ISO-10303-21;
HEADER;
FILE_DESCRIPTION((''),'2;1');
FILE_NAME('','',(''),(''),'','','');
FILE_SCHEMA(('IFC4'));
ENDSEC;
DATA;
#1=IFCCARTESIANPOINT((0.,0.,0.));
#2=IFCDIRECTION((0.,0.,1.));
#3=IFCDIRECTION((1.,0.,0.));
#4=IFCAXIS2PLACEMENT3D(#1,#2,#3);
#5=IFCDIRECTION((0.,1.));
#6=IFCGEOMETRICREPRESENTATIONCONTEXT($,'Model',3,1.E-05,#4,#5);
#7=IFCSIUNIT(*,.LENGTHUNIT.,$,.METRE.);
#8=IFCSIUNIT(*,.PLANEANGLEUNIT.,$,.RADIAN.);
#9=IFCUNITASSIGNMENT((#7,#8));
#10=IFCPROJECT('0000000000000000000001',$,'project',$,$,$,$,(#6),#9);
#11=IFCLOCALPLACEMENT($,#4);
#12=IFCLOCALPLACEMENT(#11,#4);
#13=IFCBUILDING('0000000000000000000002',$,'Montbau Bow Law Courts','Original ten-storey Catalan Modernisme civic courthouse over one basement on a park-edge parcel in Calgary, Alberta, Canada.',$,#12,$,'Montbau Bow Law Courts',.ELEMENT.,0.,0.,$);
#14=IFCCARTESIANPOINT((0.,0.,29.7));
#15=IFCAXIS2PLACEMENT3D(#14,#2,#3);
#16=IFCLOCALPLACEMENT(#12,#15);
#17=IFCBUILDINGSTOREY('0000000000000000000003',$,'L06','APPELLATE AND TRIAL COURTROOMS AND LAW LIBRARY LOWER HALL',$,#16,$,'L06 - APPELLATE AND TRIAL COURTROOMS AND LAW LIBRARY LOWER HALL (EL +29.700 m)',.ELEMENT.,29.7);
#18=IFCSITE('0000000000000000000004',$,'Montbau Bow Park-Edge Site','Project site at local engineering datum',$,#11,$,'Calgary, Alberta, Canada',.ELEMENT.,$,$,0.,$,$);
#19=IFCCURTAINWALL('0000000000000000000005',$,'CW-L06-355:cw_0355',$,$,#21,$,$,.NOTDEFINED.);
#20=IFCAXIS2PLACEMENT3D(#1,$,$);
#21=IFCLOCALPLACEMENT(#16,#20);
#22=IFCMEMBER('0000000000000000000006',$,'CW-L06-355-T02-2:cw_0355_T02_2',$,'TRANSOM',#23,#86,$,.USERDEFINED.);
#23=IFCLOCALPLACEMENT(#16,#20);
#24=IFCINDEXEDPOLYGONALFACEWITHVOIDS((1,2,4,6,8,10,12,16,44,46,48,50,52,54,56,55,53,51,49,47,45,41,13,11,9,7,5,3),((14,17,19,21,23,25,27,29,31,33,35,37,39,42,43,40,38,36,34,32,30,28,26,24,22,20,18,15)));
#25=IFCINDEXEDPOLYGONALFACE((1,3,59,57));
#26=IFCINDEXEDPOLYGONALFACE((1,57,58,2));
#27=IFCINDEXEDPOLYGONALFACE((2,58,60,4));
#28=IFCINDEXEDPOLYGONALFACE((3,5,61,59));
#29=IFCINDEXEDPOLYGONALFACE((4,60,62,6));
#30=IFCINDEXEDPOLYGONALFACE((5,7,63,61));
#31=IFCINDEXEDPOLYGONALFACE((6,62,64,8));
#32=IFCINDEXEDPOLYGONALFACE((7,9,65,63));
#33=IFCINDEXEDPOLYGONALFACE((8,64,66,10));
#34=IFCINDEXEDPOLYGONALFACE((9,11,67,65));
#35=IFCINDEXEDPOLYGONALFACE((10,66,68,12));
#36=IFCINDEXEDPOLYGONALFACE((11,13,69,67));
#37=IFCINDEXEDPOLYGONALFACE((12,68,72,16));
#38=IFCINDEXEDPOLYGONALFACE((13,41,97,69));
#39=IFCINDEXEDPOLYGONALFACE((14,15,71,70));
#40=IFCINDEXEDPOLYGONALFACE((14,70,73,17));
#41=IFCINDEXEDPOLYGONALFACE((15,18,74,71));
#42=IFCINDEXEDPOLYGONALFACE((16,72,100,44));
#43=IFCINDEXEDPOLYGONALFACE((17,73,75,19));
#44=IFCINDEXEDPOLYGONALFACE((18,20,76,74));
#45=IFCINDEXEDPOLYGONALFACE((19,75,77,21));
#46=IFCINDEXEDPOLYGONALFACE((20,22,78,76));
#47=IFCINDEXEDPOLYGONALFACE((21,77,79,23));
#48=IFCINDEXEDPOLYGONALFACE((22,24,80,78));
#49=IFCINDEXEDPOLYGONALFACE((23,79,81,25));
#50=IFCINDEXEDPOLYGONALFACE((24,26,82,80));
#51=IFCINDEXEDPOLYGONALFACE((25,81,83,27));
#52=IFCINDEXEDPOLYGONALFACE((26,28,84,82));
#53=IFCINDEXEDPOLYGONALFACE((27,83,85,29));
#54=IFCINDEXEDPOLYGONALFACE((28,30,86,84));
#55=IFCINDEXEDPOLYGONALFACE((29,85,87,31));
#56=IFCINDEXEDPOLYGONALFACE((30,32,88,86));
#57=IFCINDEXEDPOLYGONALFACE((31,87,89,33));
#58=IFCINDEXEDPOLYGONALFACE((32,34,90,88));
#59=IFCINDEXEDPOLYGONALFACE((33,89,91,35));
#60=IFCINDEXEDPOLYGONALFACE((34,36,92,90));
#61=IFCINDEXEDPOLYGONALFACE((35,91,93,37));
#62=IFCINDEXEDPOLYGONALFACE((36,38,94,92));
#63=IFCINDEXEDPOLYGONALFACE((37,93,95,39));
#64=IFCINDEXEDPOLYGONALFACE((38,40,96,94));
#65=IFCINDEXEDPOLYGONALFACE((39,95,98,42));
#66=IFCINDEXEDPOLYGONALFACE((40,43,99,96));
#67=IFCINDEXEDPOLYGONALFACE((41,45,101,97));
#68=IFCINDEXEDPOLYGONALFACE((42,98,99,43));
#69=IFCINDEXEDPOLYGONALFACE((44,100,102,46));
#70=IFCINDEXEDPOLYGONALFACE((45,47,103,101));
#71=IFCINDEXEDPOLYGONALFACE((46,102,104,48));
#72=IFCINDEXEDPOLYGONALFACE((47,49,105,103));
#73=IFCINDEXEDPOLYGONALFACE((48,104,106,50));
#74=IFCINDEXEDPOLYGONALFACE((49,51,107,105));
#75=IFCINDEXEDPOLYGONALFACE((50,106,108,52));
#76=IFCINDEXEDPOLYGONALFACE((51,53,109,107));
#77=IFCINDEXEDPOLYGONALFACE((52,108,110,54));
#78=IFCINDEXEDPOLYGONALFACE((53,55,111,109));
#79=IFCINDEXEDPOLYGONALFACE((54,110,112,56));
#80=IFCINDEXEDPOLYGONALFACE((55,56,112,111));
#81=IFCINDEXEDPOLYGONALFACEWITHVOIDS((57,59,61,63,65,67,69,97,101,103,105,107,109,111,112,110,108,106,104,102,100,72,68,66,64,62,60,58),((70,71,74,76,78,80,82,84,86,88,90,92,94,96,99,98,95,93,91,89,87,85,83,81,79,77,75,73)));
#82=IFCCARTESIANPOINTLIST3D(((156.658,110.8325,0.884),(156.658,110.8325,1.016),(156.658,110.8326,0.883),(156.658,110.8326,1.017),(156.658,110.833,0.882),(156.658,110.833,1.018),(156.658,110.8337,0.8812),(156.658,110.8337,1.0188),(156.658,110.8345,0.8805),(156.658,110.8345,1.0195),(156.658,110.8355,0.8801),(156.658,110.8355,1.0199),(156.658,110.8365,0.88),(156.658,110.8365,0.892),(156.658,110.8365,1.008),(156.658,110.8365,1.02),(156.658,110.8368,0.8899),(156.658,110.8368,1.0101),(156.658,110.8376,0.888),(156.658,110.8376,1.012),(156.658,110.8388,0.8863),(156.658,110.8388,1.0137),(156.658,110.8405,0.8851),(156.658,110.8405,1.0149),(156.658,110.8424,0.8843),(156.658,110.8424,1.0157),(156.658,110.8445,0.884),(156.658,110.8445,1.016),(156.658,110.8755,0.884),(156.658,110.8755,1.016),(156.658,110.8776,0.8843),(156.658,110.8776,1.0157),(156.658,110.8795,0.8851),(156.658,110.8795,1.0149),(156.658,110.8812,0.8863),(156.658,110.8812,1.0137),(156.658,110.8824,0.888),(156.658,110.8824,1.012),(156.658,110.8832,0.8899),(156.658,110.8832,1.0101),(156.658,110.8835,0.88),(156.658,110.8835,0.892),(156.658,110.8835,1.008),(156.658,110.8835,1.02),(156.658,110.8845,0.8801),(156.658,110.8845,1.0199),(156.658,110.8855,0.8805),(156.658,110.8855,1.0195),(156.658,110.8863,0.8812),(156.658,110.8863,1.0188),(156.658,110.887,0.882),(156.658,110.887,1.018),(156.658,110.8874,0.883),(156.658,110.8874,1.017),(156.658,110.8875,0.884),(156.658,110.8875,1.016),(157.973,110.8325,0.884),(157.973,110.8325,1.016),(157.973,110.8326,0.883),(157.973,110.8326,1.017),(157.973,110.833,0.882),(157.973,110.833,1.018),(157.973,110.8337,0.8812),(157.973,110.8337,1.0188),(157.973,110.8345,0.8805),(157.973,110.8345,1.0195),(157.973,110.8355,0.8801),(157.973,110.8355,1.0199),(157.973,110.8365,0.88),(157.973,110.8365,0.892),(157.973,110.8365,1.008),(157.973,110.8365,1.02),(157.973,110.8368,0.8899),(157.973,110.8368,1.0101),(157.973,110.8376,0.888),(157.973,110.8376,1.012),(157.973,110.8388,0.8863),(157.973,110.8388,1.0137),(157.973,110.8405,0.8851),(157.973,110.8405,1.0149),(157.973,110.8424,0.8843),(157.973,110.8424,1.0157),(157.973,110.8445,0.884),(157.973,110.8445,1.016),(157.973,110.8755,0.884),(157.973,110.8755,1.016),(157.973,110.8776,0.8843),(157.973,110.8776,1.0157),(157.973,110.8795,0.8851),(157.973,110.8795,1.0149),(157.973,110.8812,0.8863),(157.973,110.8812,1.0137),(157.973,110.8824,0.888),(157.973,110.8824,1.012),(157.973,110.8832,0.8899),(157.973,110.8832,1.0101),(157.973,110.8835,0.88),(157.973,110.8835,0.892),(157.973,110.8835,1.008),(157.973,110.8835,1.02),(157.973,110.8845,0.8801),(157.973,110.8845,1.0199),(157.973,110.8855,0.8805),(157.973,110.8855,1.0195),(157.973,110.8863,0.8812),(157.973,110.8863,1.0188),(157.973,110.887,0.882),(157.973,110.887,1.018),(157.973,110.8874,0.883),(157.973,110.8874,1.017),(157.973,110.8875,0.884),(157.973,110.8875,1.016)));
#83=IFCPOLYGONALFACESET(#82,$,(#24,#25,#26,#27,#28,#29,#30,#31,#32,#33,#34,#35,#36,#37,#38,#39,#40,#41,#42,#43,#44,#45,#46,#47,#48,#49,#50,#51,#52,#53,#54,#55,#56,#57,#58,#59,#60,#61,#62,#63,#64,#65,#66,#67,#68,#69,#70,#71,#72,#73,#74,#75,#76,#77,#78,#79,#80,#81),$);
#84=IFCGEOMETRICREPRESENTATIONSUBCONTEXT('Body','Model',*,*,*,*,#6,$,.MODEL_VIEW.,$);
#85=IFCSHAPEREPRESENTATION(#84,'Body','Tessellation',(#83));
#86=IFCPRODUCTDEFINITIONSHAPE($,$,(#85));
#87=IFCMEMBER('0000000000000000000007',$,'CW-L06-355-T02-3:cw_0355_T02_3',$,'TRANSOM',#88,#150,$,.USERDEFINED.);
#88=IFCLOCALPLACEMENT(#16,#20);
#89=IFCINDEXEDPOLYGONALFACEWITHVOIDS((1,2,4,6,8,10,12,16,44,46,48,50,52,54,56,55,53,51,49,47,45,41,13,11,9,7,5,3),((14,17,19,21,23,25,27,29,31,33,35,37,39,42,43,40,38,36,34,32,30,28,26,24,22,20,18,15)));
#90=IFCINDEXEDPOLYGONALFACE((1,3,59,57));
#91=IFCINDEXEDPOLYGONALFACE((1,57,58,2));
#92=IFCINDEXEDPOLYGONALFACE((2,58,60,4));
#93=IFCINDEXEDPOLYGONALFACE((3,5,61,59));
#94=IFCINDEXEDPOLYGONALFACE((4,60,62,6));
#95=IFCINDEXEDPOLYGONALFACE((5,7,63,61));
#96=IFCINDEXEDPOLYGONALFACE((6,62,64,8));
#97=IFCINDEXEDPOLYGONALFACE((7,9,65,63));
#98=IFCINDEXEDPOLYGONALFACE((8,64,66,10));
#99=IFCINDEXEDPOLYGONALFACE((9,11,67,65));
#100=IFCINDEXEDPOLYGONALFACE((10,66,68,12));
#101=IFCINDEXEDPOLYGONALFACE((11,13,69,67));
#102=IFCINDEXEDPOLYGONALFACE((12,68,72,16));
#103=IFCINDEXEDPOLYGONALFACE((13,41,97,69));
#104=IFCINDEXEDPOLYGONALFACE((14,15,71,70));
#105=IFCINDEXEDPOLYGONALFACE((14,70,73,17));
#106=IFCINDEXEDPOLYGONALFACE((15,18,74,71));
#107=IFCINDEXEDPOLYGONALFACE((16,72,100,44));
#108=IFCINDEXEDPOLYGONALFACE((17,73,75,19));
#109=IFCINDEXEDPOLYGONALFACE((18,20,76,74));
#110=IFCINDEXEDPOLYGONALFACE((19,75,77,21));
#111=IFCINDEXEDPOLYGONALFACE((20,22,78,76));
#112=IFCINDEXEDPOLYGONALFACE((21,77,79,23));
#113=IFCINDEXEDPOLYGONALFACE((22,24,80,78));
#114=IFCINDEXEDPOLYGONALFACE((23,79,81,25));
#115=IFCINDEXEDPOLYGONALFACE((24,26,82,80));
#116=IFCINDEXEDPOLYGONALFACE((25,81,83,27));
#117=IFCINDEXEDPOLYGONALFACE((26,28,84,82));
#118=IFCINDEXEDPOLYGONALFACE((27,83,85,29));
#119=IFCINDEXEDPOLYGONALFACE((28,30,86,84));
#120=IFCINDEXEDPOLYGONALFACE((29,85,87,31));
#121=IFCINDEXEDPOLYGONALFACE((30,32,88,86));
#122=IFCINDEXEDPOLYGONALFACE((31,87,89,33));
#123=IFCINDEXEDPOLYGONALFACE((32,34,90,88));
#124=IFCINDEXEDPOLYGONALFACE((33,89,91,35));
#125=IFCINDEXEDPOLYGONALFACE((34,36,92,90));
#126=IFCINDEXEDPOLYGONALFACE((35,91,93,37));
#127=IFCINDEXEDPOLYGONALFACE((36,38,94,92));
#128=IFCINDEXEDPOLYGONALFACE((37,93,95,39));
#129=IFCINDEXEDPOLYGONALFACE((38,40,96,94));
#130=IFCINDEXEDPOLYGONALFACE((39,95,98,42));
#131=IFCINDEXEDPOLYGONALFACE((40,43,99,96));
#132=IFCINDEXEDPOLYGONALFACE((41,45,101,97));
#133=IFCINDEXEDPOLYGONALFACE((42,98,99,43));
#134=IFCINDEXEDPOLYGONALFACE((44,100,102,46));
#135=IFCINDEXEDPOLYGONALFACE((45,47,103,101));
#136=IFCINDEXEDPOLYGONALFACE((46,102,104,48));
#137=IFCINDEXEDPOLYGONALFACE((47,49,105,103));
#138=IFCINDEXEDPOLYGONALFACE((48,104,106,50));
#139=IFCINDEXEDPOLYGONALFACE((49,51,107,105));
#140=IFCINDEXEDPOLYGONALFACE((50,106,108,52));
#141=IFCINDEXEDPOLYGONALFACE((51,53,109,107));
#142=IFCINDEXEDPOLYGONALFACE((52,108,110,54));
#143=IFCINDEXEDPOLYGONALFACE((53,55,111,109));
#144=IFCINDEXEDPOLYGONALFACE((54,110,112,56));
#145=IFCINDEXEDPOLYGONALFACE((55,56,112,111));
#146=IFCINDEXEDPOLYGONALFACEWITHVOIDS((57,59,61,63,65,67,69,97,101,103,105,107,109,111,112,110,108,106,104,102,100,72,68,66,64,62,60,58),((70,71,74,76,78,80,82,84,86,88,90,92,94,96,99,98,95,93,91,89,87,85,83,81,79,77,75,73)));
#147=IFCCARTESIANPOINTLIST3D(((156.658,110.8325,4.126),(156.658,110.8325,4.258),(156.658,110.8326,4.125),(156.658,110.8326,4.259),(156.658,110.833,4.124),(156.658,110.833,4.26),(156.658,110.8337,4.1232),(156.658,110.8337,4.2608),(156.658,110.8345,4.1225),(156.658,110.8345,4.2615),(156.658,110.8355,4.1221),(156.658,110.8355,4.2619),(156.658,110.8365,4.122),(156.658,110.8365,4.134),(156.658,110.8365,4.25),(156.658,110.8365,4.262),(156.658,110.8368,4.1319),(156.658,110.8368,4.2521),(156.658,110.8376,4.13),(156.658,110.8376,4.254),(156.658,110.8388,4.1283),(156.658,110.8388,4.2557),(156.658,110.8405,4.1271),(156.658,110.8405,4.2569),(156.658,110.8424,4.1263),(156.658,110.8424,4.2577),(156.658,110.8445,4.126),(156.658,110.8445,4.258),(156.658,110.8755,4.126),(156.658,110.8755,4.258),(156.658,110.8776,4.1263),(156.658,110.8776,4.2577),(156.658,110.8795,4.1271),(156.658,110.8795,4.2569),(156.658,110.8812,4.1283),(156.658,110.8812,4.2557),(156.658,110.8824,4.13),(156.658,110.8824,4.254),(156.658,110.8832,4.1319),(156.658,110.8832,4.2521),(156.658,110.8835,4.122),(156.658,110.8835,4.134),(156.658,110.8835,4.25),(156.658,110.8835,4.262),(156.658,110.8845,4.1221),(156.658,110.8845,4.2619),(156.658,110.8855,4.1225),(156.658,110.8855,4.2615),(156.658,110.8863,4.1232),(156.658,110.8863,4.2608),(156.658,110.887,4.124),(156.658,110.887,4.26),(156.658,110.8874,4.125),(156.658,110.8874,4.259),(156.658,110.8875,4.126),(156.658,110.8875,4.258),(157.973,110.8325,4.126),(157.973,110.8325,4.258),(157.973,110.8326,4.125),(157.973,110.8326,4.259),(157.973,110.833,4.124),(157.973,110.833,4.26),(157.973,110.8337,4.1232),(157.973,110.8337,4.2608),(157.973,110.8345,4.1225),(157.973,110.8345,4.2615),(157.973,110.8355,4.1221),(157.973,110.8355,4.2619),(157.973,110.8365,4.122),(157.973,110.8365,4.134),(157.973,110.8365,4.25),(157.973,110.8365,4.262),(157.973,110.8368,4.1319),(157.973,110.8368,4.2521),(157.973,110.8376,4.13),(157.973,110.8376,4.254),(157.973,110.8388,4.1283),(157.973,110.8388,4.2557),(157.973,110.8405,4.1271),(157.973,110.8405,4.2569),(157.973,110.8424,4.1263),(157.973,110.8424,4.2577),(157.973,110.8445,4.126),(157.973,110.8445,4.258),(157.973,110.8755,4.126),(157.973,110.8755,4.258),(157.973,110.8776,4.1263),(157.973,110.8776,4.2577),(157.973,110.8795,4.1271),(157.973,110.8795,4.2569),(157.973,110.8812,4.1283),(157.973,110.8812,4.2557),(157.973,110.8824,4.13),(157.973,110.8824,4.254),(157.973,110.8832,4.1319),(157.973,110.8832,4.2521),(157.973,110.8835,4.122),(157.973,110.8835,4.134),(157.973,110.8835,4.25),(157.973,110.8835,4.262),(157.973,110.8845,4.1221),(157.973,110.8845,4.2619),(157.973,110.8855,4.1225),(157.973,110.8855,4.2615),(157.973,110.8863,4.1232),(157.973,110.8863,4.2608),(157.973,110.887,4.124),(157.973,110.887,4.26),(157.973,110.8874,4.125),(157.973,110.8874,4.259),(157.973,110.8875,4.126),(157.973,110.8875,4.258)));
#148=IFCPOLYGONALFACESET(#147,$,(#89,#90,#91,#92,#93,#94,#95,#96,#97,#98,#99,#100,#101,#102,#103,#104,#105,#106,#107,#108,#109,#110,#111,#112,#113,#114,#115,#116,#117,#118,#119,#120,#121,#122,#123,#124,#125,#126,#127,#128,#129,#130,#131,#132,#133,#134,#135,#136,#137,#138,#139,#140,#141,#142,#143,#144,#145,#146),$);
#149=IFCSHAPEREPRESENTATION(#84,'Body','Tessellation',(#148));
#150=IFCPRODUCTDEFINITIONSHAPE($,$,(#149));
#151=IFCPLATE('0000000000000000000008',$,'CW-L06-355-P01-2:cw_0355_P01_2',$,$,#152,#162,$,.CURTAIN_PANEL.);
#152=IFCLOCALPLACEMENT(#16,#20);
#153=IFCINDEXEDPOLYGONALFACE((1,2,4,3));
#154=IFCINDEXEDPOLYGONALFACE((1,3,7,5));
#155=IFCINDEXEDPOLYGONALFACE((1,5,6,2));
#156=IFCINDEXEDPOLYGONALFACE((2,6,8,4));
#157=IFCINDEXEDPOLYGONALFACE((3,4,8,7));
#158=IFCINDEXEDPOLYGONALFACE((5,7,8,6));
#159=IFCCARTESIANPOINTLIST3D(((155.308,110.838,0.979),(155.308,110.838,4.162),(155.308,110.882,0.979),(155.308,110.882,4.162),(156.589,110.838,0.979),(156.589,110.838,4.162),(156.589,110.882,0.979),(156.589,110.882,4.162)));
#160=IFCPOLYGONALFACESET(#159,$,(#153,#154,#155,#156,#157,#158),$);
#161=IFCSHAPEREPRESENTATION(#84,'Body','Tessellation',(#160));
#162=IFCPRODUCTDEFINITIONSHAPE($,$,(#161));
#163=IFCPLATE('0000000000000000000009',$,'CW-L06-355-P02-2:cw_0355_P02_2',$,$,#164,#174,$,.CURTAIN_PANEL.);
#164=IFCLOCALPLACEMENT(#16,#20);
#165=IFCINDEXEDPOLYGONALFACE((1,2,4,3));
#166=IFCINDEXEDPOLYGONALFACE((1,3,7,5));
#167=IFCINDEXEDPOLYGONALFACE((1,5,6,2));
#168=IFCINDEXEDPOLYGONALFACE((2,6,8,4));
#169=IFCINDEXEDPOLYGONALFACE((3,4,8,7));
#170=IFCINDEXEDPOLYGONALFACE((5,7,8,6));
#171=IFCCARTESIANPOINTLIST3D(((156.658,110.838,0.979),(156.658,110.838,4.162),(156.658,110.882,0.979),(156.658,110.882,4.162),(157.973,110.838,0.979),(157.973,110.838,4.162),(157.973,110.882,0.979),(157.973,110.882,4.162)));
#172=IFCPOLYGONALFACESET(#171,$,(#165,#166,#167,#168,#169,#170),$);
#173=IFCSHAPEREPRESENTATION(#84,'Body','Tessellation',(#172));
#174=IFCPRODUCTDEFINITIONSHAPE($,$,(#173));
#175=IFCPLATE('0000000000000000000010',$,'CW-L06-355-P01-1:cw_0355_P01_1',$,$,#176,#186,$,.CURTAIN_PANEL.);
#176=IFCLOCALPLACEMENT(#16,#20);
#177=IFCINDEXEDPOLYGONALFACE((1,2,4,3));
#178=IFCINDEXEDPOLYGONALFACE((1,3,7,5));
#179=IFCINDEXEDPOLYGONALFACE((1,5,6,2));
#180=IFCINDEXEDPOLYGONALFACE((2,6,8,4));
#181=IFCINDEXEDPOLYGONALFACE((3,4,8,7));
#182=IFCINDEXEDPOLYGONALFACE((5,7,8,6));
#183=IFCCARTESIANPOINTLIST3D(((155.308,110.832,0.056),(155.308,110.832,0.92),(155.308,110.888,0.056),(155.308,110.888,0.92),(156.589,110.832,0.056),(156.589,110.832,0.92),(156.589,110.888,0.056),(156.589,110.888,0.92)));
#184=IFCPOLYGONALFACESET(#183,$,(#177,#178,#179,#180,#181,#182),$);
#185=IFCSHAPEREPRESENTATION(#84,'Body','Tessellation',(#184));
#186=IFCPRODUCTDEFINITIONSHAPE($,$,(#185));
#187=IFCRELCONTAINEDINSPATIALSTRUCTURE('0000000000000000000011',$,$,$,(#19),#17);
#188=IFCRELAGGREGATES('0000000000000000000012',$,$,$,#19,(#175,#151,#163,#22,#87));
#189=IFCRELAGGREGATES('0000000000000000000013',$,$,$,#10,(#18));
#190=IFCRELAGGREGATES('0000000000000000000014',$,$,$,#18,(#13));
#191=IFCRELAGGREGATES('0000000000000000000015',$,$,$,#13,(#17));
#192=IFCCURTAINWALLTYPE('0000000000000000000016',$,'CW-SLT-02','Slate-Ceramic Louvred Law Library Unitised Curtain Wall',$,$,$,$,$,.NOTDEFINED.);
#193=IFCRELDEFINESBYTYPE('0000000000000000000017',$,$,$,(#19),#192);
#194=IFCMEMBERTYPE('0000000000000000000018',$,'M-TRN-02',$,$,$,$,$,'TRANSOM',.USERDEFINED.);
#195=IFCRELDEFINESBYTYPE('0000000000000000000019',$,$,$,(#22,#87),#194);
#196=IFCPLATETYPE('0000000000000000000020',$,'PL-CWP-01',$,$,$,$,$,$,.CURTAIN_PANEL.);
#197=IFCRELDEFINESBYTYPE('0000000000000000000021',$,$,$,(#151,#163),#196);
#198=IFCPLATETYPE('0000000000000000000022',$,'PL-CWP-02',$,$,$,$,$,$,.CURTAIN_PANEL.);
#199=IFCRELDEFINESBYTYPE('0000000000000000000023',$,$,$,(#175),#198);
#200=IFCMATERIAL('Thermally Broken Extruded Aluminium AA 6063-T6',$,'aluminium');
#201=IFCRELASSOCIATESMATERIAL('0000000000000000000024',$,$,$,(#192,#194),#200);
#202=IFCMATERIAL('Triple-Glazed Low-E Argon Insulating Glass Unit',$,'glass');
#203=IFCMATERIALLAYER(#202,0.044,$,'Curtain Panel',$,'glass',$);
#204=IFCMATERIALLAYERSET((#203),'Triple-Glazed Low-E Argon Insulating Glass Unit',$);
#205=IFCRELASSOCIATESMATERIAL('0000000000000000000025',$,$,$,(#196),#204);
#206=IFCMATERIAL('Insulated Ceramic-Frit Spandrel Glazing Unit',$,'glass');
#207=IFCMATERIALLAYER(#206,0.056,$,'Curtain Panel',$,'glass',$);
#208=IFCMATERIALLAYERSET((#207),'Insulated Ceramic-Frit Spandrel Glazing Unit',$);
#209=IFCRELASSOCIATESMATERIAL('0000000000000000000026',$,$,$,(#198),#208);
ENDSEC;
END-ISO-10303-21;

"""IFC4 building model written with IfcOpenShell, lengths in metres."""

from ifc_helpers import new_model, si_unit, direction, frame, frame_2d, origin_with_axes, origin_2d_with_axis, place, context, subcontext, project, spatial, rectangle, hollow_rectangle, extrude, material, layer, layer_set, material_profile, profile_set, type_object, element, aggregate, save


model = new_model("IFC4")

# Units and contexts
model_context = context("Model", 3, precision=1e-05, world=origin_with_axes(), true_north=direction((0.0, 1.0)))
body_context = subcontext(model_context, "Body", "Model", "MODEL_VIEW")
ifc_project = project(units=[si_unit("LENGTHUNIT", "METRE"), si_unit("PLANEANGLEUNIT", "RADIAN")], contexts=[model_context])

# Site, building, storey
site_placement = place(None, origin_with_axes())
site = spatial("IfcSite", under=ifc_project, at=site_placement, Name="Montbau Bow Park-Edge Site", Description="Project site at local engineering datum", LongName="Calgary, Alberta, Canada", CompositionType="ELEMENT", RefElevation=0.0)
building_placement = place(site_placement, origin_with_axes())
building = spatial("IfcBuilding", under=site, at=building_placement, Name="Montbau Bow Law Courts", Description="Original ten-storey Catalan Modernisme civic courthouse over one basement on a park-edge parcel in Calgary, Alberta, Canada.", LongName="Montbau Bow Law Courts", CompositionType="ELEMENT", ElevationOfRefHeight=0.0, ElevationOfTerrain=0.0)
storey_placement = place(building_placement, frame((0.0, 0.0, 29.7), z_axis=(0.0, 0.0, 1.0), x_axis=(1.0, 0.0, 0.0)))
storey = spatial("IfcBuildingStorey", under=building, at=storey_placement, Name="L06", Description="APPELLATE AND TRIAL COURTROOMS AND LAW LIBRARY LOWER HALL", LongName="L06 - APPELLATE AND TRIAL COURTROOMS AND LAW LIBRARY LOWER HALL (EL +29.700 m)", CompositionType="ELEMENT", Elevation=29.7)

# Shared definitions
ifc_material_1 = material(Name="Thermally Broken Extruded Aluminium AA 6063-T6", Category="aluminium")
curtain_wall_type = type_object("IfcCurtainWallType", Name="CW-SLT-02", Description="Slate-Ceramic Louvred Law Library Unitised Curtain Wall", PredefinedType="NOTDEFINED", material=ifc_material_1)

# Curtain wall, members, plates
curtain_wall_1_placement = place(None, frame((155.24, 110.86, 29.7), z_axis=(0.0, 0.0, 1.0), x_axis=(1.0, 0.0, 0.0)))
curtain_wall_1 = element("IfcCurtainWall", 1, at=curtain_wall_1_placement, inside=storey, type_object=curtain_wall_type, Name="CW-L06-355:cw_0355", PredefinedType="NOTDEFINED")
ifc_material_profile_1 = material_profile(ifc_material_1, hollow_rectangle(XDim=0.055, YDim=0.14, WallThickness=0.004, InnerFilletRadius=0.008, OuterFilletRadius=0.004, at=origin_2d_with_axis()), Name="CWT-140X55", Category="Main", Priority=0)
ifc_profile_set_1 = profile_set([ifc_material_profile_1], Name="Thermally Broken Extruded Aluminium AA 6063-T6")
member_type_1 = type_object("IfcMemberType", Name="M-TRN-02", ElementType="TRANSOM", PredefinedType="USERDEFINED", material=ifc_profile_set_1)
member_1_placement = place(None, frame((156.658, 110.86, 30.65), z_axis=(1.0, 0.0, 0.0), x_axis=(0.0, 1.0, 0.0)))
member_1 = element("IfcMember", 2, at=member_1_placement, type_object=member_type_1, Name="CW-L06-355-T02-2:cw_0355_T02_2", ObjectType="TRANSOM", PredefinedType="USERDEFINED", context=body_context, shape_type="SweptSolid", body=[
    extrude(hollow_rectangle(XDim=0.055, YDim=0.14, WallThickness=0.004, InnerFilletRadius=0.008, OuterFilletRadius=0.004, at=origin_2d_with_axis()), origin_with_axes(), (0.0, 0.0, 1.0), 1.315),
])
member_2_placement = place(None, frame((156.658, 110.86, 33.892), z_axis=(1.0, 0.0, 0.0), x_axis=(0.0, 1.0, 0.0)))
member_2 = element("IfcMember", 3, at=member_2_placement, type_object=member_type_1, Name="CW-L06-355-T02-3:cw_0355_T02_3", ObjectType="TRANSOM", PredefinedType="USERDEFINED", context=body_context, shape_type="SweptSolid", body=[
    extrude(hollow_rectangle(XDim=0.055, YDim=0.14, WallThickness=0.004, InnerFilletRadius=0.008, OuterFilletRadius=0.004, at=origin_2d_with_axis()), origin_with_axes(), (0.0, 0.0, 1.0), 1.315),
])
ifc_material_2 = material(Name="Triple-Glazed Low-E Argon Insulating Glass Unit", Category="glass")
ifc_layer_1 = layer(ifc_material_2, 0.044, Name="Curtain Panel", Category="glass")
ifc_layer_set_1 = layer_set([ifc_layer_1], Name="Triple-Glazed Low-E Argon Insulating Glass Unit")
plate_type_1 = type_object("IfcPlateType", Name="PL-CWP-01", PredefinedType="CURTAIN_PANEL", material=ifc_layer_set_1)
plate_1_placement = place(None, frame((155.308, 110.86, 30.679), z_axis=(0.0, -1.0, 0.0), x_axis=(1.0, 0.0, 0.0)))
plate_1 = element("IfcPlate", 4, at=plate_1_placement, type_object=plate_type_1, Name="CW-L06-355-P01-2:cw_0355_P01_2", PredefinedType="CURTAIN_PANEL", context=body_context, shape_type="SweptSolid", body=[
    extrude(rectangle(XDim=1.281, YDim=3.183, at=frame_2d((0.6405, 1.5915), x_axis=(1.0, 0.0))), frame((0.0, 0.0, -0.022), z_axis=(0.0, 0.0, 1.0), x_axis=(1.0, 0.0, 0.0)), (0.0, 0.0, 1.0), 0.044),
])
plate_2_placement = place(None, frame((156.658, 110.86, 30.679), z_axis=(0.0, -1.0, 0.0), x_axis=(1.0, 0.0, 0.0)))
plate_2 = element("IfcPlate", 5, at=plate_2_placement, type_object=plate_type_1, Name="CW-L06-355-P02-2:cw_0355_P02_2", PredefinedType="CURTAIN_PANEL", context=body_context, shape_type="SweptSolid", body=[
    extrude(rectangle(XDim=1.315, YDim=3.183, at=frame_2d((0.6575, 1.5915), x_axis=(1.0, 0.0))), frame((0.0, 0.0, -0.022), z_axis=(0.0, 0.0, 1.0), x_axis=(1.0, 0.0, 0.0)), (0.0, 0.0, 1.0), 0.044),
])
ifc_material_3 = material(Name="Insulated Ceramic-Frit Spandrel Glazing Unit", Category="glass")
ifc_layer_2 = layer(ifc_material_3, 0.056, Name="Curtain Panel", Category="glass")
ifc_layer_set_2 = layer_set([ifc_layer_2], Name="Insulated Ceramic-Frit Spandrel Glazing Unit")
plate_type_2 = type_object("IfcPlateType", Name="PL-CWP-02", PredefinedType="CURTAIN_PANEL", material=ifc_layer_set_2)
plate_3_placement = place(None, frame((155.308, 110.86, 29.756), z_axis=(0.0, -1.0, 0.0), x_axis=(1.0, 0.0, 0.0)))
plate_3 = element("IfcPlate", 6, at=plate_3_placement, type_object=plate_type_2, Name="CW-L06-355-P01-1:cw_0355_P01_1", PredefinedType="CURTAIN_PANEL", context=body_context, shape_type="SweptSolid", body=[
    extrude(rectangle(XDim=1.281, YDim=0.864, at=frame_2d((0.6405, 0.432), x_axis=(1.0, 0.0))), frame((0.0, 0.0, -0.028), z_axis=(0.0, 0.0, 1.0), x_axis=(1.0, 0.0, 0.0)), (0.0, 0.0, 1.0), 0.056),
])
aggregate(curtain_wall_1, [plate_3, plate_1, plate_2, member_1, member_2])

save(model, "model.ifc")
